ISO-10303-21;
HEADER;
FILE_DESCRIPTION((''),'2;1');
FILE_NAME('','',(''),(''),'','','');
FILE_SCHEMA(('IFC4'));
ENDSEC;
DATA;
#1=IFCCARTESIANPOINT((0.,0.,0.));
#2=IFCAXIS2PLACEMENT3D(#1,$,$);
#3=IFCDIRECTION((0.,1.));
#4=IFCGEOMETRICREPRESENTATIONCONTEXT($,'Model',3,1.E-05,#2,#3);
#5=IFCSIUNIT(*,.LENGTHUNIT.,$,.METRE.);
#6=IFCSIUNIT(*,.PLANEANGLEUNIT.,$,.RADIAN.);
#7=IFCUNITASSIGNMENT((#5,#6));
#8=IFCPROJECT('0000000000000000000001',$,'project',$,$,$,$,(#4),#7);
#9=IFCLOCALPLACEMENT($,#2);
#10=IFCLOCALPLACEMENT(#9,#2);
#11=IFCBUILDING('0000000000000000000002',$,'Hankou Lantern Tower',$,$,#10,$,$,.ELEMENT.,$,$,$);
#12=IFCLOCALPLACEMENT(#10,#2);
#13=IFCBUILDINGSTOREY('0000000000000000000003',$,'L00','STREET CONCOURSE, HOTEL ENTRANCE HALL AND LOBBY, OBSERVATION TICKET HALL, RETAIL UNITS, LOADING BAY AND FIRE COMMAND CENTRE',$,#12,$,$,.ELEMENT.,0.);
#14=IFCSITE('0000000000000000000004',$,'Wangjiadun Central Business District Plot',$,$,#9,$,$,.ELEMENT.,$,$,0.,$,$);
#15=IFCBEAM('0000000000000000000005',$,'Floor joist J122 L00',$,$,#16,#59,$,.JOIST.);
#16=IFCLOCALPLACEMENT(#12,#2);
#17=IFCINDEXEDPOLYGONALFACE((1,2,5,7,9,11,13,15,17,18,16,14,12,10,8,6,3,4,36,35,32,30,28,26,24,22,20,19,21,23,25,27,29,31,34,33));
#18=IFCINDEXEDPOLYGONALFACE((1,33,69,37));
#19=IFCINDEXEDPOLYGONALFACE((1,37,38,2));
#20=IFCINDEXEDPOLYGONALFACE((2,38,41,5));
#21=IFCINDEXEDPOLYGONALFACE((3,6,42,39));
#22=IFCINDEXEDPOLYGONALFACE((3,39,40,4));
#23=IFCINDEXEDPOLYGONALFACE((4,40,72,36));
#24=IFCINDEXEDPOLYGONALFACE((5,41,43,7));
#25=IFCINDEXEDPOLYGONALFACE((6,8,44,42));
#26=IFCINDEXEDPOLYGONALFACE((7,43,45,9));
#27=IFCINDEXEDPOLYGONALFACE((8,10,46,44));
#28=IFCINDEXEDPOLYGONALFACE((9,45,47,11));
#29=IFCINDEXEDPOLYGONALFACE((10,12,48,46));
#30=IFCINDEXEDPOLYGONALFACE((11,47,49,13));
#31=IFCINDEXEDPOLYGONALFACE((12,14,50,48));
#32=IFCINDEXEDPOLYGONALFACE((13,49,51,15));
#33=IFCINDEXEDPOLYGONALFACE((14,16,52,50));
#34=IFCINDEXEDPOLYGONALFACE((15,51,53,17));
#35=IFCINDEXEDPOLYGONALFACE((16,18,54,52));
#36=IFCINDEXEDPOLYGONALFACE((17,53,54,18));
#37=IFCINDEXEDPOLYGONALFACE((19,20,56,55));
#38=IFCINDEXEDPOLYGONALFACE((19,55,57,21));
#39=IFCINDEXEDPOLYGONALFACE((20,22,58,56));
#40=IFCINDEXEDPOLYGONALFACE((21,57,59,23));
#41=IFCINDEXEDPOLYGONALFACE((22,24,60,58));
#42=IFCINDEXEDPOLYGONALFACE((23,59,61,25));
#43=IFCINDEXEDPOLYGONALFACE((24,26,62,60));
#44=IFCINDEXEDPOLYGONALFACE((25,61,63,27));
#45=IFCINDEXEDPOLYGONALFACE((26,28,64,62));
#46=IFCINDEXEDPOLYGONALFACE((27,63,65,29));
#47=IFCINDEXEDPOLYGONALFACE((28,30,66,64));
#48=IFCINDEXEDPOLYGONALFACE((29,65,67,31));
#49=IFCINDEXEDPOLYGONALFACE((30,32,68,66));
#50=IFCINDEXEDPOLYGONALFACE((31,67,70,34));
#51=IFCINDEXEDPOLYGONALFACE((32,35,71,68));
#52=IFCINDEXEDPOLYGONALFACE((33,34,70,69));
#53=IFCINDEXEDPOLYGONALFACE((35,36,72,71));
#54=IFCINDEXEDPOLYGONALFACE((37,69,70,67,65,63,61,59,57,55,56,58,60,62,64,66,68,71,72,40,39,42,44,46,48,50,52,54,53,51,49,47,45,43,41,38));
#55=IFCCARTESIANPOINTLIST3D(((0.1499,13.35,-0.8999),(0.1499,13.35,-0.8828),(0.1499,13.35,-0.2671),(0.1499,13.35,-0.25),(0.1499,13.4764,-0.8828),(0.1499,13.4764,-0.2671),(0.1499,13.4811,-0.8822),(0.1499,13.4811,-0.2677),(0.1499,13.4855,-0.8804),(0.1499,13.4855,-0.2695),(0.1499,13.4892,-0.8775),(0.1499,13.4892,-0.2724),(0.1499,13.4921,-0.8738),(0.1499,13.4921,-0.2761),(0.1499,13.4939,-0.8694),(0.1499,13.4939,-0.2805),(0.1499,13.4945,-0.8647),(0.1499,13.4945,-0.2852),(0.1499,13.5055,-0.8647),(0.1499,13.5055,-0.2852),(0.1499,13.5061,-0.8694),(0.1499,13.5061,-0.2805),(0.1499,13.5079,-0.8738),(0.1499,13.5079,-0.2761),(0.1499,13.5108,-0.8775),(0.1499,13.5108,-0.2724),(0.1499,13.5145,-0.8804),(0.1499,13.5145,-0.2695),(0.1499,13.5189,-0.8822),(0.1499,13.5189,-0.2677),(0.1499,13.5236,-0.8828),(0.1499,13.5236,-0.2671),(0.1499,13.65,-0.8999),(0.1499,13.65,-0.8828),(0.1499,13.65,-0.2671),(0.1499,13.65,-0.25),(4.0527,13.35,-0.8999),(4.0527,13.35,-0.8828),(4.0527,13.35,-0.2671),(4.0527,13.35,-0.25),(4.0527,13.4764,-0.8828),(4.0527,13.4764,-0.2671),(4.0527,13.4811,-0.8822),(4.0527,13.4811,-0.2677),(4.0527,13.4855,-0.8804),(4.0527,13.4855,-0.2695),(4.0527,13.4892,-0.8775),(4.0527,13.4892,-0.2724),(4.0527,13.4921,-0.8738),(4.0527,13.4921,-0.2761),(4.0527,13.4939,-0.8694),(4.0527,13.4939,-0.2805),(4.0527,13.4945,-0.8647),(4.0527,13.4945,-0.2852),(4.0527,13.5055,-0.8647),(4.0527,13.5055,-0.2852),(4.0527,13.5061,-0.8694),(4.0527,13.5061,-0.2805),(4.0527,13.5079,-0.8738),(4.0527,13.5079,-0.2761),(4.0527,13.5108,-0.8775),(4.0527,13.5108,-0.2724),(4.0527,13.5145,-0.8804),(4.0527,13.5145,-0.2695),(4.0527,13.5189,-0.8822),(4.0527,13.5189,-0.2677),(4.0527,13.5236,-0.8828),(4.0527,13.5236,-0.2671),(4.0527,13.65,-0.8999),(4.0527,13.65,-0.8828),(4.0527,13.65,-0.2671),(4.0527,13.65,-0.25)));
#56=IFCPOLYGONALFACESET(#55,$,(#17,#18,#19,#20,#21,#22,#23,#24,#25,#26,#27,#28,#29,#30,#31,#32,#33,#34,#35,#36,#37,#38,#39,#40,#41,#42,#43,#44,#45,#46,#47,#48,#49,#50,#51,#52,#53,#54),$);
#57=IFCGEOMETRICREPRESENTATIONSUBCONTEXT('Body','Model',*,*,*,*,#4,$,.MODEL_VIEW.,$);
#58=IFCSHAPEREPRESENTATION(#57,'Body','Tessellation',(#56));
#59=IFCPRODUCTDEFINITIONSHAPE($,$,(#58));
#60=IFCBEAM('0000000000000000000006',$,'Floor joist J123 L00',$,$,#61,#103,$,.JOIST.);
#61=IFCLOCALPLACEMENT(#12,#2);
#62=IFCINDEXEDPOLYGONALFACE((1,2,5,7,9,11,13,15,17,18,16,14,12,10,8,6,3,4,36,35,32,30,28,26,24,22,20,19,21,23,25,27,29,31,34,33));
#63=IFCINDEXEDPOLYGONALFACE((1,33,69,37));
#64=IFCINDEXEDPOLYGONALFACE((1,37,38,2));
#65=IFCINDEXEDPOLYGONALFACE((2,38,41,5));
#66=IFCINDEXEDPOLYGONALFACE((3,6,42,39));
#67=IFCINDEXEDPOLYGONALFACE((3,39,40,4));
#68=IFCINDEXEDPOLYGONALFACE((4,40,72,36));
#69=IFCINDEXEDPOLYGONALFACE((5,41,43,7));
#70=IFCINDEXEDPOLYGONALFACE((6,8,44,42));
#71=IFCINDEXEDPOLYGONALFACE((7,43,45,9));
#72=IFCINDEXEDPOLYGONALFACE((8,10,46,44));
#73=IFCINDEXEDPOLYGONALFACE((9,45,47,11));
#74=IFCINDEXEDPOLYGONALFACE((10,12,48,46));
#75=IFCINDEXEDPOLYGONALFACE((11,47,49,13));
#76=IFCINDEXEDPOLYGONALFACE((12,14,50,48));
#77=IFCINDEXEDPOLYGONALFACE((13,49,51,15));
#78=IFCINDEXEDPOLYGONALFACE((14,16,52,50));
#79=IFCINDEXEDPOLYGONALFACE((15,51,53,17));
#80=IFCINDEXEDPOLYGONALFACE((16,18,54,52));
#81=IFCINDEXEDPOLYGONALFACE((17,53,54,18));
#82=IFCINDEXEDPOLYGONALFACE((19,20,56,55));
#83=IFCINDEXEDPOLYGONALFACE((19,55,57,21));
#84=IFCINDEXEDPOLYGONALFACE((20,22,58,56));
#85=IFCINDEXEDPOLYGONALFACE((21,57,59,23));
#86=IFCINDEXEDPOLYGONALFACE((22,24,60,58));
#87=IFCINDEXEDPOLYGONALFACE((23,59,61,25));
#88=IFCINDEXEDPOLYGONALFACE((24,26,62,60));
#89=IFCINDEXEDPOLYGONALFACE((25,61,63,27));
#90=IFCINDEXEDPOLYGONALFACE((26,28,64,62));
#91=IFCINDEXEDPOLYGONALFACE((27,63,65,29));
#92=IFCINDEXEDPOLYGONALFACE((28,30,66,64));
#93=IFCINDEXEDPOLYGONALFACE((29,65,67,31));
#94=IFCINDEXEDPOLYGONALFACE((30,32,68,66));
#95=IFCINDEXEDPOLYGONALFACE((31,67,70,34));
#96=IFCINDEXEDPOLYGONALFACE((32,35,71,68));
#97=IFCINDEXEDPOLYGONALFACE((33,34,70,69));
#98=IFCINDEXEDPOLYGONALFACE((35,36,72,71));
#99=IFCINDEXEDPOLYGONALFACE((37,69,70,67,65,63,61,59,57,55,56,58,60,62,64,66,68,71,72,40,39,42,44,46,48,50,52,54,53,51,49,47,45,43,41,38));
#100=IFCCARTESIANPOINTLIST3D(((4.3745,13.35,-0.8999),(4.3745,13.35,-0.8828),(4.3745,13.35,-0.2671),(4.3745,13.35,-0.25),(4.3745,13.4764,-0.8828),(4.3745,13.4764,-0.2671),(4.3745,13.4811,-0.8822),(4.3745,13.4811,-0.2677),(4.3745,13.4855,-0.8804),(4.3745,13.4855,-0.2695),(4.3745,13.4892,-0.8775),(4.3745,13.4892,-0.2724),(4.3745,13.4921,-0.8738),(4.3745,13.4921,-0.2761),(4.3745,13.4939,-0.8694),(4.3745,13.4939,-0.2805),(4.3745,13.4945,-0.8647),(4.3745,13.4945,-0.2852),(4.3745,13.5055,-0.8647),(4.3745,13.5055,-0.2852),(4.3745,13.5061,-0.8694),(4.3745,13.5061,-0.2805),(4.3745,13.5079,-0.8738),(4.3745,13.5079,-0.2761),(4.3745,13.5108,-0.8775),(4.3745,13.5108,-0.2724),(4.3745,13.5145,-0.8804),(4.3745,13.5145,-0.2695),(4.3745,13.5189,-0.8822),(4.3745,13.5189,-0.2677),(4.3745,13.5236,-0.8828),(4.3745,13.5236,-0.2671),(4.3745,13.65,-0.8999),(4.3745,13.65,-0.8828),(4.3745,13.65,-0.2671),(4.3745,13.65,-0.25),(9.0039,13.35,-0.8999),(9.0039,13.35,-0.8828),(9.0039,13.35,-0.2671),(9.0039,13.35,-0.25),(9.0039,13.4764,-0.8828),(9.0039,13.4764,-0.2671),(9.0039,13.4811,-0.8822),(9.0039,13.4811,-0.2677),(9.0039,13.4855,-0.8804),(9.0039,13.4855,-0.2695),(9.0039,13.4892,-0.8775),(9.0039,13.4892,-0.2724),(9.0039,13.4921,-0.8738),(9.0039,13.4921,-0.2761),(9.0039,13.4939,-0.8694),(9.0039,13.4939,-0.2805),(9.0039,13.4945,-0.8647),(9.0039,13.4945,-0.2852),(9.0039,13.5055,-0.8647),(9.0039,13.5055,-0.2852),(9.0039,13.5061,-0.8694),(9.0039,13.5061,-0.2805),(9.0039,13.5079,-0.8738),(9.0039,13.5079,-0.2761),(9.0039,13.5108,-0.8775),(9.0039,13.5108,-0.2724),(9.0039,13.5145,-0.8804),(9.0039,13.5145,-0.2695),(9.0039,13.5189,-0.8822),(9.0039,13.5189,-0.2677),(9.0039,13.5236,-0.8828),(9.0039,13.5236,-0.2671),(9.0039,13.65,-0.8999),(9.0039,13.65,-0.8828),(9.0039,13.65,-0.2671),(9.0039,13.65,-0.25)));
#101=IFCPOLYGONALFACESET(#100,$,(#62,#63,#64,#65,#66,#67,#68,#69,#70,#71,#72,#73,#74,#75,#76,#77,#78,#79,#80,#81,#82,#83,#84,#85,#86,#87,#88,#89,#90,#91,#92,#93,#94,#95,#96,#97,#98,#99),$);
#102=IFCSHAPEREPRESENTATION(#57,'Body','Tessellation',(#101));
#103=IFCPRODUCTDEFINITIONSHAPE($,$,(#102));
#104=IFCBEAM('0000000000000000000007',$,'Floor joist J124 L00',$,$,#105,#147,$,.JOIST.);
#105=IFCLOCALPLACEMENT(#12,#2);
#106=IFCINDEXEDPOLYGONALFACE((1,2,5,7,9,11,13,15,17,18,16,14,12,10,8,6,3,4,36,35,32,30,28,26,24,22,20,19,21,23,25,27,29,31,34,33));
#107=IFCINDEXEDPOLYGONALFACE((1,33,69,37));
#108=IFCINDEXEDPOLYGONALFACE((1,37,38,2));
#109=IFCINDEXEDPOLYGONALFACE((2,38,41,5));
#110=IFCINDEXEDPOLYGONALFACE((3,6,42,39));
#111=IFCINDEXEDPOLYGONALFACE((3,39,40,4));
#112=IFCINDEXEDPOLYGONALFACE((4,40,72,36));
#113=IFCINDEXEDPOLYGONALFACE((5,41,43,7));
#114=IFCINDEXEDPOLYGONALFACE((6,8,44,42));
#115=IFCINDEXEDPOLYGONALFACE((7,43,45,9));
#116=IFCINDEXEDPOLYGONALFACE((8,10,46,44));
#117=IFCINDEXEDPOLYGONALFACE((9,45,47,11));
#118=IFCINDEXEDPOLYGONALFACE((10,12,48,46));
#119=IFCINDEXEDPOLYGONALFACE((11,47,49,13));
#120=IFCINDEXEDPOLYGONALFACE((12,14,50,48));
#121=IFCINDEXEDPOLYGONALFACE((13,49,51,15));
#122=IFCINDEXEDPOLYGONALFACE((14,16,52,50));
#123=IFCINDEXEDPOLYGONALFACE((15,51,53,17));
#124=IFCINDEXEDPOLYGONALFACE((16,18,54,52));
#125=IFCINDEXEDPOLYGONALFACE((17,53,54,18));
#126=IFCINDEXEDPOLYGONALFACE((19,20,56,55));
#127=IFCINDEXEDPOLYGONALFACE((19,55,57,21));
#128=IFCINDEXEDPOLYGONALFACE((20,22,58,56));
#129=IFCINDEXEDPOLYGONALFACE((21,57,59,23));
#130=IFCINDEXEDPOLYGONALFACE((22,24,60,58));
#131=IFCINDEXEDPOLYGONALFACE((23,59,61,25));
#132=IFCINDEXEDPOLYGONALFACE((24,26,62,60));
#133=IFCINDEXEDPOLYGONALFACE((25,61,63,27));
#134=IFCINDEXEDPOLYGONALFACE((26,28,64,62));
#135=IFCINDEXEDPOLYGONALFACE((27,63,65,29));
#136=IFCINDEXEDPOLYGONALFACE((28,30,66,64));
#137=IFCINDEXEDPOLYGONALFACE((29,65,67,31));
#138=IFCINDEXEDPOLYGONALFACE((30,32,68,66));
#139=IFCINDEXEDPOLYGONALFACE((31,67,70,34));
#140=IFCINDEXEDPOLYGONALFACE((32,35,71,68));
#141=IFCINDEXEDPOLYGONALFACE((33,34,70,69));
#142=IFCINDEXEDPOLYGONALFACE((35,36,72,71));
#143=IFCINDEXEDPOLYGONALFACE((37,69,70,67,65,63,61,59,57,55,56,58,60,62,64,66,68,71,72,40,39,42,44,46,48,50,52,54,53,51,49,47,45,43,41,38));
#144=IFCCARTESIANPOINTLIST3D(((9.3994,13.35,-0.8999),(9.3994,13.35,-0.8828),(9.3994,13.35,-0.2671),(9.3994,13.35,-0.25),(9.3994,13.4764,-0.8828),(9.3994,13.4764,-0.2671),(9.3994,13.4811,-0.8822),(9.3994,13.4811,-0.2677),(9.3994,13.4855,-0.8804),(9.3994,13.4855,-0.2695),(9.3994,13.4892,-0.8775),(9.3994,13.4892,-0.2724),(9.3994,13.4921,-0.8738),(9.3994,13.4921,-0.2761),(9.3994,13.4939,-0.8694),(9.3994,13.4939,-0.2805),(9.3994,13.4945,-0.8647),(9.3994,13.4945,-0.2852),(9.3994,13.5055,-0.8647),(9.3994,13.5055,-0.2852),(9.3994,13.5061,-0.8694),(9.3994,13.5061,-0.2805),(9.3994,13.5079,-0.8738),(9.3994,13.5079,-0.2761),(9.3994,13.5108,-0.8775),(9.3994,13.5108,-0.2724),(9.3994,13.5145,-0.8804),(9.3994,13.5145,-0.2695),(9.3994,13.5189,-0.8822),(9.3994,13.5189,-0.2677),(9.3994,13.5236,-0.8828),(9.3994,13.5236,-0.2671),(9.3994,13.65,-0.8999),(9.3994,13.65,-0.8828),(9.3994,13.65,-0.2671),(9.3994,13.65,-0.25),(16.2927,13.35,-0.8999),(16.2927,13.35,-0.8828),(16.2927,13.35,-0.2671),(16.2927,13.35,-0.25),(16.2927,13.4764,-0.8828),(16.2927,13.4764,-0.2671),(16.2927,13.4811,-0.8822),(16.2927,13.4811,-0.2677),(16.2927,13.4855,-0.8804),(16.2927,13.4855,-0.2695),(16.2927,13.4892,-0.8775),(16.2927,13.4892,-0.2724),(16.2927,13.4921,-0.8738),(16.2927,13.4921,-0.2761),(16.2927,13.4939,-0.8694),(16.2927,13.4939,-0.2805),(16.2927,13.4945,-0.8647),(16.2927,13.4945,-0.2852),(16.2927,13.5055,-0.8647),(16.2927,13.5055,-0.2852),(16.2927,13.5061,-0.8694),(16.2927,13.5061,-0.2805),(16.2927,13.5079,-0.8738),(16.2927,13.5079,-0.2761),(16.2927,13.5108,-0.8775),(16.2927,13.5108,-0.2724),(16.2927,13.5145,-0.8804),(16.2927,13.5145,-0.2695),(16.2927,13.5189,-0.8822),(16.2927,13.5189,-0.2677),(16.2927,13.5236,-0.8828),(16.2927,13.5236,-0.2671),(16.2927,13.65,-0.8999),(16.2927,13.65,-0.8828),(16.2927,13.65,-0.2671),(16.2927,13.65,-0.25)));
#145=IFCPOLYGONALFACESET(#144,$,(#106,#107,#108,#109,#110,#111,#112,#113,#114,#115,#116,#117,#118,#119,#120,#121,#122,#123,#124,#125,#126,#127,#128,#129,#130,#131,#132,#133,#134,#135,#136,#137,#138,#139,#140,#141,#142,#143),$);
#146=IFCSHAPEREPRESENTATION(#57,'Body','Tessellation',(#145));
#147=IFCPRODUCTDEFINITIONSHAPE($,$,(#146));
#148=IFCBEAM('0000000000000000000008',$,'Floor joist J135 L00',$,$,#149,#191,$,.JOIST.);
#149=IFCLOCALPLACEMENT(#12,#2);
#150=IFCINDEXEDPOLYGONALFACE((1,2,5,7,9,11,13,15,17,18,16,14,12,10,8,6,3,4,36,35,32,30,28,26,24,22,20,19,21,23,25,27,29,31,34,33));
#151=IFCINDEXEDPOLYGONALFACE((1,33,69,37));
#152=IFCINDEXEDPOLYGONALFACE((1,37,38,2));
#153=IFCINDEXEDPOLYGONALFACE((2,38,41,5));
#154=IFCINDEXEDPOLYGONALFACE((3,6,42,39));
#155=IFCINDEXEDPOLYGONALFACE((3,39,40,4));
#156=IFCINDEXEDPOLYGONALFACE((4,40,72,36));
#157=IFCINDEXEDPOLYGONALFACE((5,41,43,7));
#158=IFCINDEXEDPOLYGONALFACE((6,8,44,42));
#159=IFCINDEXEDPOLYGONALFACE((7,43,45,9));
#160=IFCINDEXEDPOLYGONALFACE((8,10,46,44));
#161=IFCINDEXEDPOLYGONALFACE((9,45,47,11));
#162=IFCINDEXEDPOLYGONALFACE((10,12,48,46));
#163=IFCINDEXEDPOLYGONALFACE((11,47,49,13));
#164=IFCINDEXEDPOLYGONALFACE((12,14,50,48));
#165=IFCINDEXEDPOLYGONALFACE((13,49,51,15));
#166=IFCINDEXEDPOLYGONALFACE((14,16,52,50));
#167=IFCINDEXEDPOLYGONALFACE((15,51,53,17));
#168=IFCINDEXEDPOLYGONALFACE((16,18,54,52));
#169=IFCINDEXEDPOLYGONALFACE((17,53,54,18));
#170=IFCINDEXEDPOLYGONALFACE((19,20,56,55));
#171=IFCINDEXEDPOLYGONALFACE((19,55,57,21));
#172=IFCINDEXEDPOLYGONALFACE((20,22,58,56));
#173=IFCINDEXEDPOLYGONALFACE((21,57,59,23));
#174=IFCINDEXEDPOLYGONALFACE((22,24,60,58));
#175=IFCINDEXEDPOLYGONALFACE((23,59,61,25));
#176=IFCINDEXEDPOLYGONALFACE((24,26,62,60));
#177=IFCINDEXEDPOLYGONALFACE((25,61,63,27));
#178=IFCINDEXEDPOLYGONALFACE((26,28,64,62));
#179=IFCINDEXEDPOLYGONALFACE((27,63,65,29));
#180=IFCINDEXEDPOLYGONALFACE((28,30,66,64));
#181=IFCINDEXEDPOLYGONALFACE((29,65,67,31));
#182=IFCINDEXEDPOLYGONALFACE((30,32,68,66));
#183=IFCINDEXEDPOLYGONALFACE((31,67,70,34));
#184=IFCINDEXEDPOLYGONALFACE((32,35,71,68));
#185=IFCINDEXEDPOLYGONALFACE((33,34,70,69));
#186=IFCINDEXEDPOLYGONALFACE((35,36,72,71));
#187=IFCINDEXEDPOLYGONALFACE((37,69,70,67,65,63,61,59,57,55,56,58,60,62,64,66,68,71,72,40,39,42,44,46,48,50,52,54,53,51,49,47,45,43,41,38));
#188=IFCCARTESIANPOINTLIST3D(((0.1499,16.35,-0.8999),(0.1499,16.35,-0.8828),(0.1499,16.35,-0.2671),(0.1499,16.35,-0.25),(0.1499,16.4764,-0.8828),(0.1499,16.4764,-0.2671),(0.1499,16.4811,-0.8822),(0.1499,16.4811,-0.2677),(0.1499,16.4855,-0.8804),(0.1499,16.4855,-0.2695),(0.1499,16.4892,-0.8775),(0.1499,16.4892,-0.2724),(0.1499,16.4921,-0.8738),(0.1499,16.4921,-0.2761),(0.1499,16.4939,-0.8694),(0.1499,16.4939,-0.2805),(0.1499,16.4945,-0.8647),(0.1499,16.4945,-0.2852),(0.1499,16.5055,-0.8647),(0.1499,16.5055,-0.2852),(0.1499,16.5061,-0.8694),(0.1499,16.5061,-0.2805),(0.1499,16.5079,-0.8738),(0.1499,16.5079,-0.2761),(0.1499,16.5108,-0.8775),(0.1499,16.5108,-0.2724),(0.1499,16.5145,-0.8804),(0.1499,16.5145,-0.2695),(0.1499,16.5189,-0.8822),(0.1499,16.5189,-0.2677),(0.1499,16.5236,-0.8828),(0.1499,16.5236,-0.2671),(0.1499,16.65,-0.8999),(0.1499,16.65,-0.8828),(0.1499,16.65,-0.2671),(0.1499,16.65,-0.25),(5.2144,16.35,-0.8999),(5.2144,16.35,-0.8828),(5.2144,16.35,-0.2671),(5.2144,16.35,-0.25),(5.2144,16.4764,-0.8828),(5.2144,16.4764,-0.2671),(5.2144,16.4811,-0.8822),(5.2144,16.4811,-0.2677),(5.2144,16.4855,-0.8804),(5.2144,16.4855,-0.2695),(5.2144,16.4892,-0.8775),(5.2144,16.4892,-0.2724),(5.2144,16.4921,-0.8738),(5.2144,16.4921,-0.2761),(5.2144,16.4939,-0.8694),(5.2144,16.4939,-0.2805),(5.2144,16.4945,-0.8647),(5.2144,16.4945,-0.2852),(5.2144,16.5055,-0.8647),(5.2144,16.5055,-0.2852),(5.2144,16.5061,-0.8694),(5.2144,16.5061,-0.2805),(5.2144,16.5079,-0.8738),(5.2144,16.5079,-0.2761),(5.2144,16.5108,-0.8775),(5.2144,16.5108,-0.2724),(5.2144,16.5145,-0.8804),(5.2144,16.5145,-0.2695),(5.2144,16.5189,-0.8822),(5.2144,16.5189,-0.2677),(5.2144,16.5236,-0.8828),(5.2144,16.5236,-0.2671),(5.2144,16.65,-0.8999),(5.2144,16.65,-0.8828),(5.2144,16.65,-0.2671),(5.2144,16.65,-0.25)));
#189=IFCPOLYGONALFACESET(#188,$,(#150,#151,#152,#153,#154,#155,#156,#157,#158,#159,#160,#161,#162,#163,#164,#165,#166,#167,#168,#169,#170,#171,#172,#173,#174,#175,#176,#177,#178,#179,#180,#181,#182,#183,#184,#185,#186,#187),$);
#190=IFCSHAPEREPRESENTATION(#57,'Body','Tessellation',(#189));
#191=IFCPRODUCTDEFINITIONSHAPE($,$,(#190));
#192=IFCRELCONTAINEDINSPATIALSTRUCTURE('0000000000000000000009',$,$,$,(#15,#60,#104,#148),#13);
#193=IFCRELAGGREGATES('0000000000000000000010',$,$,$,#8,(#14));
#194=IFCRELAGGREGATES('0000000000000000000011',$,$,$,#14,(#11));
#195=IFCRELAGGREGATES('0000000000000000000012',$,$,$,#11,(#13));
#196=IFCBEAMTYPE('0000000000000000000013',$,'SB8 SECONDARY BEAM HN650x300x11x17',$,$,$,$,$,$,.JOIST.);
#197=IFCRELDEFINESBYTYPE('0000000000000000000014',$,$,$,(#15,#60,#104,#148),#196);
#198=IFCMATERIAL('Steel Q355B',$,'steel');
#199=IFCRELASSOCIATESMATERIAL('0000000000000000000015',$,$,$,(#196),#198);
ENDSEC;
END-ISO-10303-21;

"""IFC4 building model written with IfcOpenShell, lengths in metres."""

from ifc_helpers import new_model, si_unit, direction, frame, origin, origin_2d, place, context, subcontext, project, spatial, i_section, extrude, material, material_profile, profile_set, type_object, element, save


model = new_model("IFC4")

# Units and contexts
model_context = context("Model", 3, precision=1e-05, world=origin(), true_north=direction((0.0, 1.0)))
body_context = subcontext(model_context, "Body", "Model", "MODEL_VIEW")
ifc_project = project(units=[si_unit("LENGTHUNIT", "METRE"), si_unit("PLANEANGLEUNIT", "RADIAN")], contexts=[model_context])

# Site, building, storey
site_placement = place(None, origin())
site = spatial("IfcSite", under=ifc_project, at=site_placement, Name="Wangjiadun Central Business District Plot", CompositionType="ELEMENT", RefElevation=0.0)
building_placement = place(site_placement, origin())
building = spatial("IfcBuilding", under=site, at=building_placement, Name="Hankou Lantern Tower", CompositionType="ELEMENT")
storey_placement = place(building_placement, origin())
storey = spatial("IfcBuildingStorey", under=building, at=storey_placement, Name="L00", Description="STREET CONCOURSE, HOTEL ENTRANCE HALL AND LOBBY, OBSERVATION TICKET HALL, RETAIL UNITS, LOADING BAY AND FIRE COMMAND CENTRE", CompositionType="ELEMENT", Elevation=0.0)

# Beams
ifc_material_1 = material(Name="Steel Q355B", Category="steel")
ifc_material_profile = material_profile(ifc_material_1, i_section(OverallWidth=0.3, OverallDepth=0.6499, WebThickness=0.011, FlangeThickness=0.0171, FilletRadius=0.0181, at=origin_2d()), Name="HN650x300x11x17")
ifc_profile_set = profile_set([ifc_material_profile], Name="Steel Q355B")
beam_type = type_object("IfcBeamType", Name="SB8 SECONDARY BEAM HN650x300x11x17", PredefinedType="JOIST", material=ifc_profile_set)
beam_1_placement = place(storey_placement, frame((0.1499, 13.5, -0.575), z_axis=(1.0, 0.0, 0.0), x_axis=(0.0, 1.0, 0.0)))
element("IfcBeam", 1, at=beam_1_placement, inside=storey, type_object=beam_type, Name="Floor joist J122 L00", PredefinedType="JOIST", context=body_context, shape_type="SweptSolid", body=[
    extrude(i_section(OverallWidth=0.3, OverallDepth=0.6499, WebThickness=0.011, FlangeThickness=0.0171, FilletRadius=0.0181, at=origin_2d()), origin(), (0.0, 0.0, 1.0), 3.9028),
])
beam_2_placement = place(storey_placement, frame((4.3745, 13.5, -0.575), z_axis=(1.0, 0.0, 0.0), x_axis=(0.0, 1.0, 0.0)))
element("IfcBeam", 2, at=beam_2_placement, inside=storey, type_object=beam_type, Name="Floor joist J123 L00", PredefinedType="JOIST", context=body_context, shape_type="SweptSolid", body=[
    extrude(i_section(OverallWidth=0.3, OverallDepth=0.6499, WebThickness=0.011, FlangeThickness=0.0171, FilletRadius=0.0181, at=origin_2d()), origin(), (0.0, 0.0, 1.0), 4.6294),
])
beam_3_placement = place(storey_placement, frame((9.3994, 13.5, -0.575), z_axis=(1.0, 0.0, 0.0), x_axis=(0.0, 1.0, 0.0)))
element("IfcBeam", 3, at=beam_3_placement, inside=storey, type_object=beam_type, Name="Floor joist J124 L00", PredefinedType="JOIST", context=body_context, shape_type="SweptSolid", body=[
    extrude(i_section(OverallWidth=0.3, OverallDepth=0.6499, WebThickness=0.011, FlangeThickness=0.0171, FilletRadius=0.0181, at=origin_2d()), origin(), (0.0, 0.0, 1.0), 6.8933),
])
beam_4_placement = place(storey_placement, frame((0.1499, 16.5, -0.575), z_axis=(1.0, 0.0, 0.0), x_axis=(0.0, 1.0, 0.0)))
element("IfcBeam", 4, at=beam_4_placement, inside=storey, type_object=beam_type, Name="Floor joist J135 L00", PredefinedType="JOIST", context=body_context, shape_type="SweptSolid", body=[
    extrude(i_section(OverallWidth=0.3, OverallDepth=0.6499, WebThickness=0.011, FlangeThickness=0.0171, FilletRadius=0.0181, at=origin_2d()), origin(), (0.0, 0.0, 1.0), 5.0645),
])

save(model, "model.ifc")
